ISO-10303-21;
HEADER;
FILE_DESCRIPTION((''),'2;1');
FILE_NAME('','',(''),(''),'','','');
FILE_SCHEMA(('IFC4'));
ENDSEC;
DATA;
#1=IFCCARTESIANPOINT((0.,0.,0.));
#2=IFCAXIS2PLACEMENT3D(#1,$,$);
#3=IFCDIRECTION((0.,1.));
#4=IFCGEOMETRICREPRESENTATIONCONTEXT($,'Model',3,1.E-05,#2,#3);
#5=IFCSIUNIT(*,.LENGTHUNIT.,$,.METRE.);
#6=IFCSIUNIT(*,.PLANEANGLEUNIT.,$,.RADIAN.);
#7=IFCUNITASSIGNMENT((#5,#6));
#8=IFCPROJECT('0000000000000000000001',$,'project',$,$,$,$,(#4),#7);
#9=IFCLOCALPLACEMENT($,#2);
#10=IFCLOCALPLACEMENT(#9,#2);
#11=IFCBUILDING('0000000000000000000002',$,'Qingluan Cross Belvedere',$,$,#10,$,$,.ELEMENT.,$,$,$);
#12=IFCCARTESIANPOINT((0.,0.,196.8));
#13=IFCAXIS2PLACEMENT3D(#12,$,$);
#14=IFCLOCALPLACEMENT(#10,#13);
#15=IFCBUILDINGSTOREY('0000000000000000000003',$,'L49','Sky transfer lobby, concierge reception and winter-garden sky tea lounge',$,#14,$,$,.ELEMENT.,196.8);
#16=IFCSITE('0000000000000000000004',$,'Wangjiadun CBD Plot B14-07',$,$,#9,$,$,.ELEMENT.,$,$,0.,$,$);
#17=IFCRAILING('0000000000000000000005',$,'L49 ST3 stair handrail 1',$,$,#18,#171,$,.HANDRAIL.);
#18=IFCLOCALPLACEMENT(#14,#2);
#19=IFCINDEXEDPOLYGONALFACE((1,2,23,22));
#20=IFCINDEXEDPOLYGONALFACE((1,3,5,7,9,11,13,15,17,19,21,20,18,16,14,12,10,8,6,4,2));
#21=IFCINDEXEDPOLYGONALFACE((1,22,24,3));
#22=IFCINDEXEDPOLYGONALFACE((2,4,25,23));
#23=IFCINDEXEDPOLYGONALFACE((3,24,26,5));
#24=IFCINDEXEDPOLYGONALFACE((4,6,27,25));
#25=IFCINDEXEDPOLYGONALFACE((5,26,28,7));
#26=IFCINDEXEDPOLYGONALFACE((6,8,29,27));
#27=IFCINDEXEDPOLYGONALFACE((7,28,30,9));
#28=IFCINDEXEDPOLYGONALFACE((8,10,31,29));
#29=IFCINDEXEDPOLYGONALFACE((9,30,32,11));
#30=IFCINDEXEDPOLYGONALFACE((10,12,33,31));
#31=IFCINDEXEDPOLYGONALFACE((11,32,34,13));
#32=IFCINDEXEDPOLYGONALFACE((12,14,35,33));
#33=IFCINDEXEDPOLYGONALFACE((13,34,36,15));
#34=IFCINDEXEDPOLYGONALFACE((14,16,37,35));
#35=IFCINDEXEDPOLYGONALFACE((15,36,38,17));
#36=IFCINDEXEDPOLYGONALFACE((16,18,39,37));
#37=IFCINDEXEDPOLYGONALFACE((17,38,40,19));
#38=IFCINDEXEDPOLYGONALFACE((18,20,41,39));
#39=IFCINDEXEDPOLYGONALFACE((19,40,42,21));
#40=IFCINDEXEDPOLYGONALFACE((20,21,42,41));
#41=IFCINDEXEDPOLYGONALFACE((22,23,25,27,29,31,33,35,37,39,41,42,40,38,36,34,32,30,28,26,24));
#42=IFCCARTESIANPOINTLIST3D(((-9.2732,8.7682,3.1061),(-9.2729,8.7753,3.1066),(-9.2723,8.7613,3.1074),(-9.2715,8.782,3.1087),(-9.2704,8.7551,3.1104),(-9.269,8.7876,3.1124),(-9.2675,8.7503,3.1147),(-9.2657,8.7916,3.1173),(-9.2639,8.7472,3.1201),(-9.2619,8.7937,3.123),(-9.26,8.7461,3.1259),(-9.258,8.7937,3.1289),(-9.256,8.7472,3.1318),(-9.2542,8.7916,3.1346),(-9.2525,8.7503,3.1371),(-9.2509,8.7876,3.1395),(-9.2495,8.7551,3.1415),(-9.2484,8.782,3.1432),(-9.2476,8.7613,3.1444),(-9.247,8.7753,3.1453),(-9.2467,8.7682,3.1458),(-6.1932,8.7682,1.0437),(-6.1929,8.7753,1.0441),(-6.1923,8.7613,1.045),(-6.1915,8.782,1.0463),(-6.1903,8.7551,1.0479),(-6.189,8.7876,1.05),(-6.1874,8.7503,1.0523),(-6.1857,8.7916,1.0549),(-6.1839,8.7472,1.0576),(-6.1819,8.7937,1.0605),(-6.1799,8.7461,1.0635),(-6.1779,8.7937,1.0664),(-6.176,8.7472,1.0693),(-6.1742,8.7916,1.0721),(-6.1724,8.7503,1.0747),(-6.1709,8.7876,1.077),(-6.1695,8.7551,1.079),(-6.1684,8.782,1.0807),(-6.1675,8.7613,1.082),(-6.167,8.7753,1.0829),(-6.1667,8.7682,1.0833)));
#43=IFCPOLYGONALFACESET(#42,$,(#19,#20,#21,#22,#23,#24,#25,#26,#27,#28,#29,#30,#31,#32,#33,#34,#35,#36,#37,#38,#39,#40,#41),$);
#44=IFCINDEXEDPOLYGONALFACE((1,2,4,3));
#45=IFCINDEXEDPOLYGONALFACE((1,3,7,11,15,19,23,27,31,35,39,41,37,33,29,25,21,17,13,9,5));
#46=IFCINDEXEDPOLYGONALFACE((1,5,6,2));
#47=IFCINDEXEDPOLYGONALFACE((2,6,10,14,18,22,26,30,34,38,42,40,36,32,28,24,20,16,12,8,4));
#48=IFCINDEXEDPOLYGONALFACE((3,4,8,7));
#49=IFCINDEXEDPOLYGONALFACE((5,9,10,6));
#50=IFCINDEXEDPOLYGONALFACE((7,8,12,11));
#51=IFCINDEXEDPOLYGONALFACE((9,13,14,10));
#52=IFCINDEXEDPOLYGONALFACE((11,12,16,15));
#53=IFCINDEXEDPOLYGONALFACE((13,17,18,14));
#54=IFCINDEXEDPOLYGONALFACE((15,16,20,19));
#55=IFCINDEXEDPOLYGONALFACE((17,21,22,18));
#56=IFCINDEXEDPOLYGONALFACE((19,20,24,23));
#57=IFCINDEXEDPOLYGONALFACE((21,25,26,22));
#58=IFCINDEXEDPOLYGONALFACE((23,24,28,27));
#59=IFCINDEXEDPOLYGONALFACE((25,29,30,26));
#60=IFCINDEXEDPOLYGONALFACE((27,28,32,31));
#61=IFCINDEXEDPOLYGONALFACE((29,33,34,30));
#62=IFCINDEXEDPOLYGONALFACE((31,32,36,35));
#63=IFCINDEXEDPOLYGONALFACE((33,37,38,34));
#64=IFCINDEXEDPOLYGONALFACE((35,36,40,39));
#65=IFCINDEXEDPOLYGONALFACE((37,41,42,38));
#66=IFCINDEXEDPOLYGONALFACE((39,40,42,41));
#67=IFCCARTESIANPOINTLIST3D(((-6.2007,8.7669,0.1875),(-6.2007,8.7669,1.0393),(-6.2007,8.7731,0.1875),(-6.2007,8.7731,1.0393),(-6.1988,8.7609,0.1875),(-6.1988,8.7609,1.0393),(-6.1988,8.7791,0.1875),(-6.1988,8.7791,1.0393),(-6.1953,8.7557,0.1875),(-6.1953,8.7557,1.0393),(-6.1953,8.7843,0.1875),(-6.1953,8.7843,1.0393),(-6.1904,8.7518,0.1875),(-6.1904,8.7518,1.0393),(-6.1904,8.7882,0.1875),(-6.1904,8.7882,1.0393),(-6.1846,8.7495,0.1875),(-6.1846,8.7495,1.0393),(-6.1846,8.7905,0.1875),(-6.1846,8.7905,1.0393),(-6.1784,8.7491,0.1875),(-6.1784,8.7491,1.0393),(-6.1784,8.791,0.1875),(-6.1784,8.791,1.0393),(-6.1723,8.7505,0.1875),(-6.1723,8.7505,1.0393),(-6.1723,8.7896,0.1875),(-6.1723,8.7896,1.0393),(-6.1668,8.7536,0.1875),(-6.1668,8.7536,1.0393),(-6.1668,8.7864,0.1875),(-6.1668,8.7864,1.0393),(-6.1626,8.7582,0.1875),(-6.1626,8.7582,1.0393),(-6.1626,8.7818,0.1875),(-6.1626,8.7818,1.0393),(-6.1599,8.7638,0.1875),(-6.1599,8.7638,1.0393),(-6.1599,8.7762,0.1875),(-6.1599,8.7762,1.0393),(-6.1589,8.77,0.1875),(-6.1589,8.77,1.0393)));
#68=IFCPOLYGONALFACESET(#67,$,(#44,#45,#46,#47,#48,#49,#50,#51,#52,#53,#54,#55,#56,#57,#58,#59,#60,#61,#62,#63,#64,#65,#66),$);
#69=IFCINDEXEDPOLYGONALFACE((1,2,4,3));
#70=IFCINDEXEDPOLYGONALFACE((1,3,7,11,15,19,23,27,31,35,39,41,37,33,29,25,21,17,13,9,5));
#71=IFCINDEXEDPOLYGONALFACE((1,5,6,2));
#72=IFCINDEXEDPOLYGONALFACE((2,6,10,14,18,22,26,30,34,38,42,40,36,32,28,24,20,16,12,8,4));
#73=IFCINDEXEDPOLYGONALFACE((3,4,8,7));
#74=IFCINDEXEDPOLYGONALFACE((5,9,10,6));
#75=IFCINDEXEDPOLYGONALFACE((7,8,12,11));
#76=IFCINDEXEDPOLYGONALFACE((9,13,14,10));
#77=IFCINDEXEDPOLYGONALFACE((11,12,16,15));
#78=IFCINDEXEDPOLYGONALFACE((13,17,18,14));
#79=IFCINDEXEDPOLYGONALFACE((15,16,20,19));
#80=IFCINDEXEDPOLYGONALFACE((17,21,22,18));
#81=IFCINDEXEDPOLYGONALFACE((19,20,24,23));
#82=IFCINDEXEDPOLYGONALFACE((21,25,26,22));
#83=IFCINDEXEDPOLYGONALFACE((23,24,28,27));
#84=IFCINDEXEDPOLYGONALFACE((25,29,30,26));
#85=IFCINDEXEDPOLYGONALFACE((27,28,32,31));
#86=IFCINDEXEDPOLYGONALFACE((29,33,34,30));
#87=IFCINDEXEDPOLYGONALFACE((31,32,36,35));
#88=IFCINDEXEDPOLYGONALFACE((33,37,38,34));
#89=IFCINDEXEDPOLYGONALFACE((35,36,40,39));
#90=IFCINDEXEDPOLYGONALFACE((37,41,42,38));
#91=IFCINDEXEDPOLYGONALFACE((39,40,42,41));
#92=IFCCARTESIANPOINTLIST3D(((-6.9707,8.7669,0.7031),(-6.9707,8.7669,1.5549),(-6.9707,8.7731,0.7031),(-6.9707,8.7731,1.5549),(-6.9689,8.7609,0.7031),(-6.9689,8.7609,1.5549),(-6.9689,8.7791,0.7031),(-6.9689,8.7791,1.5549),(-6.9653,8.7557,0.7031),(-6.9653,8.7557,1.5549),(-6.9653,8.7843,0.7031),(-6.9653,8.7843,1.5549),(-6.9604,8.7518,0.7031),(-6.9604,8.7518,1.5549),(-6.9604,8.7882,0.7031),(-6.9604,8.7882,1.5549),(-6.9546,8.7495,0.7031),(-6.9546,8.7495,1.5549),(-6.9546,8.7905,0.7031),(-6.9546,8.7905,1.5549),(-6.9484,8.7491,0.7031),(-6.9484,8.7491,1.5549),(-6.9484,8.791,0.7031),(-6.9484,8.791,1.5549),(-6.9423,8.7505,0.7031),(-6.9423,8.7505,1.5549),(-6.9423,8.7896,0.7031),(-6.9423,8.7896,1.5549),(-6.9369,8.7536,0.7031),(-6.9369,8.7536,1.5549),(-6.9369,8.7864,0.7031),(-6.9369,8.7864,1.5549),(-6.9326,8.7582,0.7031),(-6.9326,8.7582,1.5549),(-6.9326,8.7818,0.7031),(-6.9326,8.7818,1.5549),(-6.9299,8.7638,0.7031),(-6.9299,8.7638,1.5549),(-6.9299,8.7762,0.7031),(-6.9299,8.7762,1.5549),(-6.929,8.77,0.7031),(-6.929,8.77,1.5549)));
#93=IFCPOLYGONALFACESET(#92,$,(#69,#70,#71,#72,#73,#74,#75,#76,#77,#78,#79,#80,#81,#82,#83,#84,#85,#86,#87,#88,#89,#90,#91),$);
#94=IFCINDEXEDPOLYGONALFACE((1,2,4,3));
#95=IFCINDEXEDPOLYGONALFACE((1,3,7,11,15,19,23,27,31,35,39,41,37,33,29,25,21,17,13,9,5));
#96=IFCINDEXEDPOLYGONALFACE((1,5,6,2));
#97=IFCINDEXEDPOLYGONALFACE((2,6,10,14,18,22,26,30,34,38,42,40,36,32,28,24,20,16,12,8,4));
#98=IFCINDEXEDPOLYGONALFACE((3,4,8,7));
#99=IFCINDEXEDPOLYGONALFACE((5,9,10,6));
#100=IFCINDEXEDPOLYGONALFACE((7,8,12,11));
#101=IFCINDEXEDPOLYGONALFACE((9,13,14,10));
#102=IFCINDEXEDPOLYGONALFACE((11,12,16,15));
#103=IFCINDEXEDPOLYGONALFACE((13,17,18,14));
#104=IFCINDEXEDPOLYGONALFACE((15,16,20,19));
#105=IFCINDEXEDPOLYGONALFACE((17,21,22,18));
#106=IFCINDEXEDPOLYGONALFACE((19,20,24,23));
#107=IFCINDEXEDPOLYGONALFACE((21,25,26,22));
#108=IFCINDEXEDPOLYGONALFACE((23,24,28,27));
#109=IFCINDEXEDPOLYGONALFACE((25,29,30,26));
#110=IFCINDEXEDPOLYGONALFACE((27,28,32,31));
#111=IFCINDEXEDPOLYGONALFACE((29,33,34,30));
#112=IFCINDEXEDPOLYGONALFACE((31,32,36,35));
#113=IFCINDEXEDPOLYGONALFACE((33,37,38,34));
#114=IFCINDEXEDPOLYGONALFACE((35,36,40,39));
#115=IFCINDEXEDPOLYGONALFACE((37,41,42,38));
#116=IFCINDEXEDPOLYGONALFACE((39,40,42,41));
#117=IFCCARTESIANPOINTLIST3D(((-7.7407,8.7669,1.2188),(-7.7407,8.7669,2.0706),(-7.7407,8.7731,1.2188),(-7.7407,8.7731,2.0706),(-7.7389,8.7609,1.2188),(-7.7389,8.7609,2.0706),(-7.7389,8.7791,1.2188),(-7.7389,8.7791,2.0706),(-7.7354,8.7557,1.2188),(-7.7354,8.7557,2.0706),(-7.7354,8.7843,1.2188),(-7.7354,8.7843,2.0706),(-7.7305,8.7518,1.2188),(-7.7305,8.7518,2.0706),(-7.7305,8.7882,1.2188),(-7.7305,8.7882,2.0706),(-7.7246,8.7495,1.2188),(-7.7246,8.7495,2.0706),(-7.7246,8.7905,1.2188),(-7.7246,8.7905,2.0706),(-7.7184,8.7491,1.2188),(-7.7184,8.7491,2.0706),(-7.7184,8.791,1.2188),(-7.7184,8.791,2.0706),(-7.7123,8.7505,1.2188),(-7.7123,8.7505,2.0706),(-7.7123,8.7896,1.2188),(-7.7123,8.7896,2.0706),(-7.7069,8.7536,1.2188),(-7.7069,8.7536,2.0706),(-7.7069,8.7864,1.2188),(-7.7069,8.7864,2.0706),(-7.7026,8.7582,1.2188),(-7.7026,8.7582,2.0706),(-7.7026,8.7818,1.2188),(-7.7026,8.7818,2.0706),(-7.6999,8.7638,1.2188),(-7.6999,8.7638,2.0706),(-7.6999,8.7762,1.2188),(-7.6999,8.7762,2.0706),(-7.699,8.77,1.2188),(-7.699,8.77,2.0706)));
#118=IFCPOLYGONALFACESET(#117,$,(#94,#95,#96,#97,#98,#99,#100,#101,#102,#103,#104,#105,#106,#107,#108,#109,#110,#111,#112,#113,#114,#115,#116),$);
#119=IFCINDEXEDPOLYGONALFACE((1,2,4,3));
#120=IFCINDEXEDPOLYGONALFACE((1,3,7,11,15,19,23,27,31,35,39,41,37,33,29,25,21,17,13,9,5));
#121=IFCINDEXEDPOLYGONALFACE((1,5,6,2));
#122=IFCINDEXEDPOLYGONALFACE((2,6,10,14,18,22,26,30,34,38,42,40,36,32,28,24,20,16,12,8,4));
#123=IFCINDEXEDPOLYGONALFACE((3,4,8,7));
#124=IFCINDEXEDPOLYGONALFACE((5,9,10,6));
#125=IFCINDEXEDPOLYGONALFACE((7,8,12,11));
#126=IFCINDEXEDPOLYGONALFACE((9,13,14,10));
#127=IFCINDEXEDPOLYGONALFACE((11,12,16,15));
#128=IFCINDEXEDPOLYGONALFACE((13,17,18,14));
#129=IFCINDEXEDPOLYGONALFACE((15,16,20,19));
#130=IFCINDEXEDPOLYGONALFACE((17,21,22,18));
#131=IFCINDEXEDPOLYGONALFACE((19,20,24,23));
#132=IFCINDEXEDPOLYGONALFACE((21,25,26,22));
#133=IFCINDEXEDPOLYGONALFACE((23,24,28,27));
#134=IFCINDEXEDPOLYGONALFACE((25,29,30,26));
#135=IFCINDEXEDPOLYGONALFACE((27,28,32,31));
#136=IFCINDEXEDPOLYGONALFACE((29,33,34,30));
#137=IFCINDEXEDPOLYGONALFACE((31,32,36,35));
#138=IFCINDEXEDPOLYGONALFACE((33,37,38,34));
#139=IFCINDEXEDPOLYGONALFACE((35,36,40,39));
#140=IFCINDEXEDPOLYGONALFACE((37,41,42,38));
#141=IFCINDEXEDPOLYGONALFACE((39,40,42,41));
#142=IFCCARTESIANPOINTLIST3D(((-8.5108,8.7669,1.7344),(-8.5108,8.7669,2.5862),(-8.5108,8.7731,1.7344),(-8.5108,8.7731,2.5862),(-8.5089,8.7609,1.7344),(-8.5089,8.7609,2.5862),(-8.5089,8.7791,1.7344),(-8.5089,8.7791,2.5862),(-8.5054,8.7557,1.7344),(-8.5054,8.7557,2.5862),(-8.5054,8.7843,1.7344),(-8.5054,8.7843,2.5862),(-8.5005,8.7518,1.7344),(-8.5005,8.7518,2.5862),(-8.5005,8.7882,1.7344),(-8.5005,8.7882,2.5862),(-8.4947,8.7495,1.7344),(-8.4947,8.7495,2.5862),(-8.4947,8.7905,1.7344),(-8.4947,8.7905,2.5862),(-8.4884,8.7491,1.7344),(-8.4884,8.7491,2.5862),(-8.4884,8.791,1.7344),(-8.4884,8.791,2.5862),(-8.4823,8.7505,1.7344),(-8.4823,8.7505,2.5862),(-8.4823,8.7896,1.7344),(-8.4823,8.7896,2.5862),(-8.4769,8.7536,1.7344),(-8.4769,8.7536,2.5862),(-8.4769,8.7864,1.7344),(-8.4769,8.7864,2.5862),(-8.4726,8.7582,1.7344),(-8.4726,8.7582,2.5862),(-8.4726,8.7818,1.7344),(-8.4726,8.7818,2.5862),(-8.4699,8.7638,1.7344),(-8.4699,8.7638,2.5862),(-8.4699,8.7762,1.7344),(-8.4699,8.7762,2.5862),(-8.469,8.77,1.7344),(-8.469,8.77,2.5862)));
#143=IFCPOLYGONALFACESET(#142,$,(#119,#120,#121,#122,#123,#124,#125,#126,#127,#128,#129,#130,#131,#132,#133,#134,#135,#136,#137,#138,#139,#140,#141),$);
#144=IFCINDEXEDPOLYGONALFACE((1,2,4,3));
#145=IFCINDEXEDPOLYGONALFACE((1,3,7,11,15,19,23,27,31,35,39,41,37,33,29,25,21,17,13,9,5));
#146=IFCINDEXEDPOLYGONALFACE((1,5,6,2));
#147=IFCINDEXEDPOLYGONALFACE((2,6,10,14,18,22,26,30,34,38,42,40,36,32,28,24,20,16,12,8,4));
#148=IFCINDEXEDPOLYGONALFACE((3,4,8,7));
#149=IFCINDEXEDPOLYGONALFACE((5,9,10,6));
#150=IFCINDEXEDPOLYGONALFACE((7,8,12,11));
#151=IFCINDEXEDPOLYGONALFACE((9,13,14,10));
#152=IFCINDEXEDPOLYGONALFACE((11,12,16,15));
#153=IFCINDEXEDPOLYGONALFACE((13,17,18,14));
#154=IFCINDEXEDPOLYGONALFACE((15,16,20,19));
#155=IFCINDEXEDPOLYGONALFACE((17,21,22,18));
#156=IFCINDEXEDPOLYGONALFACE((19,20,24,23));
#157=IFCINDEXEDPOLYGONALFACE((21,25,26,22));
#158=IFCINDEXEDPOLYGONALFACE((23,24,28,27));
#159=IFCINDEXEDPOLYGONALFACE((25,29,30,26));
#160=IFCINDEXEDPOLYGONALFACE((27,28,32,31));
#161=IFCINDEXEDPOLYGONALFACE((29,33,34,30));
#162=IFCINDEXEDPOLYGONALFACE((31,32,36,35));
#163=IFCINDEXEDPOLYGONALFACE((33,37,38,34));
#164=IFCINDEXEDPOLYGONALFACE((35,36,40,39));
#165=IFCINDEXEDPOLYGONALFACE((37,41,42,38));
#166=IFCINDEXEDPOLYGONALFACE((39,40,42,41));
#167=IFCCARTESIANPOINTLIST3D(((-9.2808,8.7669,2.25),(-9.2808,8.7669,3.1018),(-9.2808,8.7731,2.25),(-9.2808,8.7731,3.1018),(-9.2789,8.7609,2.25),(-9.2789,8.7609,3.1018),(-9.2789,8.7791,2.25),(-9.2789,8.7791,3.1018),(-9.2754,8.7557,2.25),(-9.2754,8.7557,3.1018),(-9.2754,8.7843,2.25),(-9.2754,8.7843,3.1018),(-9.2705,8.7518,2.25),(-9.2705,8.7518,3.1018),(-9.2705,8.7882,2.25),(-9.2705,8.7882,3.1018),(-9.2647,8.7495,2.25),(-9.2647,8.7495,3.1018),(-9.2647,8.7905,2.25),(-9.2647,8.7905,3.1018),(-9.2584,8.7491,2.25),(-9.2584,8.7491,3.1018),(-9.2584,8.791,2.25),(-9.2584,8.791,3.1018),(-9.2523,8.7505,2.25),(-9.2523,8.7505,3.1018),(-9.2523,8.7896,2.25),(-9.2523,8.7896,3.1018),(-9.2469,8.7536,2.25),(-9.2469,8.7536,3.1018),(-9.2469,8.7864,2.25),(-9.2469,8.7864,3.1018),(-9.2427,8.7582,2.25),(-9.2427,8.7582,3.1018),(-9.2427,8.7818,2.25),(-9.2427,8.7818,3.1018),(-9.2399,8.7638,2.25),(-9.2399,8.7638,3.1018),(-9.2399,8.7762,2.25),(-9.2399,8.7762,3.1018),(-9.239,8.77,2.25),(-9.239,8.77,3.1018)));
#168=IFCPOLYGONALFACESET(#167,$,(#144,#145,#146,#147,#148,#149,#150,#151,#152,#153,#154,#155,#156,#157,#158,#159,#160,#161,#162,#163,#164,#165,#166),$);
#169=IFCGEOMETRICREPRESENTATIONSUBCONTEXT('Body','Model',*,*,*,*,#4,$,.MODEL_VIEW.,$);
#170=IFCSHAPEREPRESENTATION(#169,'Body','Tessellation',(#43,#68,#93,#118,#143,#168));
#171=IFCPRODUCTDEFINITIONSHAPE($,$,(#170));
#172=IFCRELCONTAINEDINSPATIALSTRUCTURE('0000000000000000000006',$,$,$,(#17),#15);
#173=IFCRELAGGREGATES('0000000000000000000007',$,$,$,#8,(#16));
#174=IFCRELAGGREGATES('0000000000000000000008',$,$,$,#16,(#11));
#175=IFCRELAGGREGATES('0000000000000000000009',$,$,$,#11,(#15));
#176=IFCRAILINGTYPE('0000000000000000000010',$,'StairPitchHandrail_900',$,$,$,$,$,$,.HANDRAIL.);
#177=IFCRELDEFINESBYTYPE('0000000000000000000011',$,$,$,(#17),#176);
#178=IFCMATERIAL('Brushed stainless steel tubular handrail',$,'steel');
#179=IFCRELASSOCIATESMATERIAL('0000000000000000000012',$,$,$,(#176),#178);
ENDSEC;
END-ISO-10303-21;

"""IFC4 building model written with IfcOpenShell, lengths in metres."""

from ifc_helpers import new_model, si_unit, direction, frame, origin, origin_2d, place, context, subcontext, project, spatial, circle, extrude, material, type_object, element, save


model = new_model("IFC4")

# Units and contexts
model_context = context("Model", 3, precision=1e-05, world=origin(), true_north=direction((0.0, 1.0)))
body_context = subcontext(model_context, "Body", "Model", "MODEL_VIEW")
ifc_project = project(units=[si_unit("LENGTHUNIT", "METRE"), si_unit("PLANEANGLEUNIT", "RADIAN")], contexts=[model_context])

# Site, building, storey
site_placement = place(None, origin())
site = spatial("IfcSite", under=ifc_project, at=site_placement, Name="Wangjiadun CBD Plot B14-07", CompositionType="ELEMENT", RefElevation=0.0)
building_placement = place(site_placement, origin())
building = spatial("IfcBuilding", under=site, at=building_placement, Name="Qingluan Cross Belvedere", CompositionType="ELEMENT")
storey_placement = place(building_placement, frame((0.0, 0.0, 196.8)))
storey = spatial("IfcBuildingStorey", under=building, at=storey_placement, Name="L49", Description="Sky transfer lobby, concierge reception and winter-garden sky tea lounge", CompositionType="ELEMENT", Elevation=196.8)

# Railing
ifc_material_1 = material(Name="Brushed stainless steel tubular handrail", Category="steel")
railing_type_1 = type_object("IfcRailingType", Name="StairPitchHandrail_900", PredefinedType="HANDRAIL", material=ifc_material_1)
railing_1_placement = place(storey_placement, frame((-6.1799, 8.77, 0.1875)))
element("IfcRailing", 1, at=railing_1_placement, inside=storey, type_object=railing_type_1, Name="L49 ST3 stair handrail 1", PredefinedType="HANDRAIL", context=body_context, shape_type="SweptSolid", body=[
    extrude(circle(Radius=0.0239, at=origin_2d()), frame((0.0, 0.0, 0.876), z_axis=(-0.830914, 0.0, 0.556401), x_axis=(0.0, -1.0, 0.0)), (0.0, 0.0, 1.0), 3.7068),
    extrude(circle(Radius=0.021, at=origin_2d()), origin(), (0.0, 0.0, 1.0), 0.8518),
    extrude(circle(Radius=0.021, at=origin_2d()), frame((-0.77, 0.0, 0.5156)), (0.0, 0.0, 1.0), 0.8518),
    extrude(circle(Radius=0.021, at=origin_2d()), frame((-1.54, 0.0, 1.0312)), (0.0, 0.0, 1.0), 0.8518),
    extrude(circle(Radius=0.021, at=origin_2d()), frame((-2.3101, 0.0, 1.5469)), (0.0, 0.0, 1.0), 0.8518),
    extrude(circle(Radius=0.021, at=origin_2d()), frame((-3.0801, 0.0, 2.0625)), (0.0, 0.0, 1.0), 0.8518),
])

save(model, "model.ifc")
